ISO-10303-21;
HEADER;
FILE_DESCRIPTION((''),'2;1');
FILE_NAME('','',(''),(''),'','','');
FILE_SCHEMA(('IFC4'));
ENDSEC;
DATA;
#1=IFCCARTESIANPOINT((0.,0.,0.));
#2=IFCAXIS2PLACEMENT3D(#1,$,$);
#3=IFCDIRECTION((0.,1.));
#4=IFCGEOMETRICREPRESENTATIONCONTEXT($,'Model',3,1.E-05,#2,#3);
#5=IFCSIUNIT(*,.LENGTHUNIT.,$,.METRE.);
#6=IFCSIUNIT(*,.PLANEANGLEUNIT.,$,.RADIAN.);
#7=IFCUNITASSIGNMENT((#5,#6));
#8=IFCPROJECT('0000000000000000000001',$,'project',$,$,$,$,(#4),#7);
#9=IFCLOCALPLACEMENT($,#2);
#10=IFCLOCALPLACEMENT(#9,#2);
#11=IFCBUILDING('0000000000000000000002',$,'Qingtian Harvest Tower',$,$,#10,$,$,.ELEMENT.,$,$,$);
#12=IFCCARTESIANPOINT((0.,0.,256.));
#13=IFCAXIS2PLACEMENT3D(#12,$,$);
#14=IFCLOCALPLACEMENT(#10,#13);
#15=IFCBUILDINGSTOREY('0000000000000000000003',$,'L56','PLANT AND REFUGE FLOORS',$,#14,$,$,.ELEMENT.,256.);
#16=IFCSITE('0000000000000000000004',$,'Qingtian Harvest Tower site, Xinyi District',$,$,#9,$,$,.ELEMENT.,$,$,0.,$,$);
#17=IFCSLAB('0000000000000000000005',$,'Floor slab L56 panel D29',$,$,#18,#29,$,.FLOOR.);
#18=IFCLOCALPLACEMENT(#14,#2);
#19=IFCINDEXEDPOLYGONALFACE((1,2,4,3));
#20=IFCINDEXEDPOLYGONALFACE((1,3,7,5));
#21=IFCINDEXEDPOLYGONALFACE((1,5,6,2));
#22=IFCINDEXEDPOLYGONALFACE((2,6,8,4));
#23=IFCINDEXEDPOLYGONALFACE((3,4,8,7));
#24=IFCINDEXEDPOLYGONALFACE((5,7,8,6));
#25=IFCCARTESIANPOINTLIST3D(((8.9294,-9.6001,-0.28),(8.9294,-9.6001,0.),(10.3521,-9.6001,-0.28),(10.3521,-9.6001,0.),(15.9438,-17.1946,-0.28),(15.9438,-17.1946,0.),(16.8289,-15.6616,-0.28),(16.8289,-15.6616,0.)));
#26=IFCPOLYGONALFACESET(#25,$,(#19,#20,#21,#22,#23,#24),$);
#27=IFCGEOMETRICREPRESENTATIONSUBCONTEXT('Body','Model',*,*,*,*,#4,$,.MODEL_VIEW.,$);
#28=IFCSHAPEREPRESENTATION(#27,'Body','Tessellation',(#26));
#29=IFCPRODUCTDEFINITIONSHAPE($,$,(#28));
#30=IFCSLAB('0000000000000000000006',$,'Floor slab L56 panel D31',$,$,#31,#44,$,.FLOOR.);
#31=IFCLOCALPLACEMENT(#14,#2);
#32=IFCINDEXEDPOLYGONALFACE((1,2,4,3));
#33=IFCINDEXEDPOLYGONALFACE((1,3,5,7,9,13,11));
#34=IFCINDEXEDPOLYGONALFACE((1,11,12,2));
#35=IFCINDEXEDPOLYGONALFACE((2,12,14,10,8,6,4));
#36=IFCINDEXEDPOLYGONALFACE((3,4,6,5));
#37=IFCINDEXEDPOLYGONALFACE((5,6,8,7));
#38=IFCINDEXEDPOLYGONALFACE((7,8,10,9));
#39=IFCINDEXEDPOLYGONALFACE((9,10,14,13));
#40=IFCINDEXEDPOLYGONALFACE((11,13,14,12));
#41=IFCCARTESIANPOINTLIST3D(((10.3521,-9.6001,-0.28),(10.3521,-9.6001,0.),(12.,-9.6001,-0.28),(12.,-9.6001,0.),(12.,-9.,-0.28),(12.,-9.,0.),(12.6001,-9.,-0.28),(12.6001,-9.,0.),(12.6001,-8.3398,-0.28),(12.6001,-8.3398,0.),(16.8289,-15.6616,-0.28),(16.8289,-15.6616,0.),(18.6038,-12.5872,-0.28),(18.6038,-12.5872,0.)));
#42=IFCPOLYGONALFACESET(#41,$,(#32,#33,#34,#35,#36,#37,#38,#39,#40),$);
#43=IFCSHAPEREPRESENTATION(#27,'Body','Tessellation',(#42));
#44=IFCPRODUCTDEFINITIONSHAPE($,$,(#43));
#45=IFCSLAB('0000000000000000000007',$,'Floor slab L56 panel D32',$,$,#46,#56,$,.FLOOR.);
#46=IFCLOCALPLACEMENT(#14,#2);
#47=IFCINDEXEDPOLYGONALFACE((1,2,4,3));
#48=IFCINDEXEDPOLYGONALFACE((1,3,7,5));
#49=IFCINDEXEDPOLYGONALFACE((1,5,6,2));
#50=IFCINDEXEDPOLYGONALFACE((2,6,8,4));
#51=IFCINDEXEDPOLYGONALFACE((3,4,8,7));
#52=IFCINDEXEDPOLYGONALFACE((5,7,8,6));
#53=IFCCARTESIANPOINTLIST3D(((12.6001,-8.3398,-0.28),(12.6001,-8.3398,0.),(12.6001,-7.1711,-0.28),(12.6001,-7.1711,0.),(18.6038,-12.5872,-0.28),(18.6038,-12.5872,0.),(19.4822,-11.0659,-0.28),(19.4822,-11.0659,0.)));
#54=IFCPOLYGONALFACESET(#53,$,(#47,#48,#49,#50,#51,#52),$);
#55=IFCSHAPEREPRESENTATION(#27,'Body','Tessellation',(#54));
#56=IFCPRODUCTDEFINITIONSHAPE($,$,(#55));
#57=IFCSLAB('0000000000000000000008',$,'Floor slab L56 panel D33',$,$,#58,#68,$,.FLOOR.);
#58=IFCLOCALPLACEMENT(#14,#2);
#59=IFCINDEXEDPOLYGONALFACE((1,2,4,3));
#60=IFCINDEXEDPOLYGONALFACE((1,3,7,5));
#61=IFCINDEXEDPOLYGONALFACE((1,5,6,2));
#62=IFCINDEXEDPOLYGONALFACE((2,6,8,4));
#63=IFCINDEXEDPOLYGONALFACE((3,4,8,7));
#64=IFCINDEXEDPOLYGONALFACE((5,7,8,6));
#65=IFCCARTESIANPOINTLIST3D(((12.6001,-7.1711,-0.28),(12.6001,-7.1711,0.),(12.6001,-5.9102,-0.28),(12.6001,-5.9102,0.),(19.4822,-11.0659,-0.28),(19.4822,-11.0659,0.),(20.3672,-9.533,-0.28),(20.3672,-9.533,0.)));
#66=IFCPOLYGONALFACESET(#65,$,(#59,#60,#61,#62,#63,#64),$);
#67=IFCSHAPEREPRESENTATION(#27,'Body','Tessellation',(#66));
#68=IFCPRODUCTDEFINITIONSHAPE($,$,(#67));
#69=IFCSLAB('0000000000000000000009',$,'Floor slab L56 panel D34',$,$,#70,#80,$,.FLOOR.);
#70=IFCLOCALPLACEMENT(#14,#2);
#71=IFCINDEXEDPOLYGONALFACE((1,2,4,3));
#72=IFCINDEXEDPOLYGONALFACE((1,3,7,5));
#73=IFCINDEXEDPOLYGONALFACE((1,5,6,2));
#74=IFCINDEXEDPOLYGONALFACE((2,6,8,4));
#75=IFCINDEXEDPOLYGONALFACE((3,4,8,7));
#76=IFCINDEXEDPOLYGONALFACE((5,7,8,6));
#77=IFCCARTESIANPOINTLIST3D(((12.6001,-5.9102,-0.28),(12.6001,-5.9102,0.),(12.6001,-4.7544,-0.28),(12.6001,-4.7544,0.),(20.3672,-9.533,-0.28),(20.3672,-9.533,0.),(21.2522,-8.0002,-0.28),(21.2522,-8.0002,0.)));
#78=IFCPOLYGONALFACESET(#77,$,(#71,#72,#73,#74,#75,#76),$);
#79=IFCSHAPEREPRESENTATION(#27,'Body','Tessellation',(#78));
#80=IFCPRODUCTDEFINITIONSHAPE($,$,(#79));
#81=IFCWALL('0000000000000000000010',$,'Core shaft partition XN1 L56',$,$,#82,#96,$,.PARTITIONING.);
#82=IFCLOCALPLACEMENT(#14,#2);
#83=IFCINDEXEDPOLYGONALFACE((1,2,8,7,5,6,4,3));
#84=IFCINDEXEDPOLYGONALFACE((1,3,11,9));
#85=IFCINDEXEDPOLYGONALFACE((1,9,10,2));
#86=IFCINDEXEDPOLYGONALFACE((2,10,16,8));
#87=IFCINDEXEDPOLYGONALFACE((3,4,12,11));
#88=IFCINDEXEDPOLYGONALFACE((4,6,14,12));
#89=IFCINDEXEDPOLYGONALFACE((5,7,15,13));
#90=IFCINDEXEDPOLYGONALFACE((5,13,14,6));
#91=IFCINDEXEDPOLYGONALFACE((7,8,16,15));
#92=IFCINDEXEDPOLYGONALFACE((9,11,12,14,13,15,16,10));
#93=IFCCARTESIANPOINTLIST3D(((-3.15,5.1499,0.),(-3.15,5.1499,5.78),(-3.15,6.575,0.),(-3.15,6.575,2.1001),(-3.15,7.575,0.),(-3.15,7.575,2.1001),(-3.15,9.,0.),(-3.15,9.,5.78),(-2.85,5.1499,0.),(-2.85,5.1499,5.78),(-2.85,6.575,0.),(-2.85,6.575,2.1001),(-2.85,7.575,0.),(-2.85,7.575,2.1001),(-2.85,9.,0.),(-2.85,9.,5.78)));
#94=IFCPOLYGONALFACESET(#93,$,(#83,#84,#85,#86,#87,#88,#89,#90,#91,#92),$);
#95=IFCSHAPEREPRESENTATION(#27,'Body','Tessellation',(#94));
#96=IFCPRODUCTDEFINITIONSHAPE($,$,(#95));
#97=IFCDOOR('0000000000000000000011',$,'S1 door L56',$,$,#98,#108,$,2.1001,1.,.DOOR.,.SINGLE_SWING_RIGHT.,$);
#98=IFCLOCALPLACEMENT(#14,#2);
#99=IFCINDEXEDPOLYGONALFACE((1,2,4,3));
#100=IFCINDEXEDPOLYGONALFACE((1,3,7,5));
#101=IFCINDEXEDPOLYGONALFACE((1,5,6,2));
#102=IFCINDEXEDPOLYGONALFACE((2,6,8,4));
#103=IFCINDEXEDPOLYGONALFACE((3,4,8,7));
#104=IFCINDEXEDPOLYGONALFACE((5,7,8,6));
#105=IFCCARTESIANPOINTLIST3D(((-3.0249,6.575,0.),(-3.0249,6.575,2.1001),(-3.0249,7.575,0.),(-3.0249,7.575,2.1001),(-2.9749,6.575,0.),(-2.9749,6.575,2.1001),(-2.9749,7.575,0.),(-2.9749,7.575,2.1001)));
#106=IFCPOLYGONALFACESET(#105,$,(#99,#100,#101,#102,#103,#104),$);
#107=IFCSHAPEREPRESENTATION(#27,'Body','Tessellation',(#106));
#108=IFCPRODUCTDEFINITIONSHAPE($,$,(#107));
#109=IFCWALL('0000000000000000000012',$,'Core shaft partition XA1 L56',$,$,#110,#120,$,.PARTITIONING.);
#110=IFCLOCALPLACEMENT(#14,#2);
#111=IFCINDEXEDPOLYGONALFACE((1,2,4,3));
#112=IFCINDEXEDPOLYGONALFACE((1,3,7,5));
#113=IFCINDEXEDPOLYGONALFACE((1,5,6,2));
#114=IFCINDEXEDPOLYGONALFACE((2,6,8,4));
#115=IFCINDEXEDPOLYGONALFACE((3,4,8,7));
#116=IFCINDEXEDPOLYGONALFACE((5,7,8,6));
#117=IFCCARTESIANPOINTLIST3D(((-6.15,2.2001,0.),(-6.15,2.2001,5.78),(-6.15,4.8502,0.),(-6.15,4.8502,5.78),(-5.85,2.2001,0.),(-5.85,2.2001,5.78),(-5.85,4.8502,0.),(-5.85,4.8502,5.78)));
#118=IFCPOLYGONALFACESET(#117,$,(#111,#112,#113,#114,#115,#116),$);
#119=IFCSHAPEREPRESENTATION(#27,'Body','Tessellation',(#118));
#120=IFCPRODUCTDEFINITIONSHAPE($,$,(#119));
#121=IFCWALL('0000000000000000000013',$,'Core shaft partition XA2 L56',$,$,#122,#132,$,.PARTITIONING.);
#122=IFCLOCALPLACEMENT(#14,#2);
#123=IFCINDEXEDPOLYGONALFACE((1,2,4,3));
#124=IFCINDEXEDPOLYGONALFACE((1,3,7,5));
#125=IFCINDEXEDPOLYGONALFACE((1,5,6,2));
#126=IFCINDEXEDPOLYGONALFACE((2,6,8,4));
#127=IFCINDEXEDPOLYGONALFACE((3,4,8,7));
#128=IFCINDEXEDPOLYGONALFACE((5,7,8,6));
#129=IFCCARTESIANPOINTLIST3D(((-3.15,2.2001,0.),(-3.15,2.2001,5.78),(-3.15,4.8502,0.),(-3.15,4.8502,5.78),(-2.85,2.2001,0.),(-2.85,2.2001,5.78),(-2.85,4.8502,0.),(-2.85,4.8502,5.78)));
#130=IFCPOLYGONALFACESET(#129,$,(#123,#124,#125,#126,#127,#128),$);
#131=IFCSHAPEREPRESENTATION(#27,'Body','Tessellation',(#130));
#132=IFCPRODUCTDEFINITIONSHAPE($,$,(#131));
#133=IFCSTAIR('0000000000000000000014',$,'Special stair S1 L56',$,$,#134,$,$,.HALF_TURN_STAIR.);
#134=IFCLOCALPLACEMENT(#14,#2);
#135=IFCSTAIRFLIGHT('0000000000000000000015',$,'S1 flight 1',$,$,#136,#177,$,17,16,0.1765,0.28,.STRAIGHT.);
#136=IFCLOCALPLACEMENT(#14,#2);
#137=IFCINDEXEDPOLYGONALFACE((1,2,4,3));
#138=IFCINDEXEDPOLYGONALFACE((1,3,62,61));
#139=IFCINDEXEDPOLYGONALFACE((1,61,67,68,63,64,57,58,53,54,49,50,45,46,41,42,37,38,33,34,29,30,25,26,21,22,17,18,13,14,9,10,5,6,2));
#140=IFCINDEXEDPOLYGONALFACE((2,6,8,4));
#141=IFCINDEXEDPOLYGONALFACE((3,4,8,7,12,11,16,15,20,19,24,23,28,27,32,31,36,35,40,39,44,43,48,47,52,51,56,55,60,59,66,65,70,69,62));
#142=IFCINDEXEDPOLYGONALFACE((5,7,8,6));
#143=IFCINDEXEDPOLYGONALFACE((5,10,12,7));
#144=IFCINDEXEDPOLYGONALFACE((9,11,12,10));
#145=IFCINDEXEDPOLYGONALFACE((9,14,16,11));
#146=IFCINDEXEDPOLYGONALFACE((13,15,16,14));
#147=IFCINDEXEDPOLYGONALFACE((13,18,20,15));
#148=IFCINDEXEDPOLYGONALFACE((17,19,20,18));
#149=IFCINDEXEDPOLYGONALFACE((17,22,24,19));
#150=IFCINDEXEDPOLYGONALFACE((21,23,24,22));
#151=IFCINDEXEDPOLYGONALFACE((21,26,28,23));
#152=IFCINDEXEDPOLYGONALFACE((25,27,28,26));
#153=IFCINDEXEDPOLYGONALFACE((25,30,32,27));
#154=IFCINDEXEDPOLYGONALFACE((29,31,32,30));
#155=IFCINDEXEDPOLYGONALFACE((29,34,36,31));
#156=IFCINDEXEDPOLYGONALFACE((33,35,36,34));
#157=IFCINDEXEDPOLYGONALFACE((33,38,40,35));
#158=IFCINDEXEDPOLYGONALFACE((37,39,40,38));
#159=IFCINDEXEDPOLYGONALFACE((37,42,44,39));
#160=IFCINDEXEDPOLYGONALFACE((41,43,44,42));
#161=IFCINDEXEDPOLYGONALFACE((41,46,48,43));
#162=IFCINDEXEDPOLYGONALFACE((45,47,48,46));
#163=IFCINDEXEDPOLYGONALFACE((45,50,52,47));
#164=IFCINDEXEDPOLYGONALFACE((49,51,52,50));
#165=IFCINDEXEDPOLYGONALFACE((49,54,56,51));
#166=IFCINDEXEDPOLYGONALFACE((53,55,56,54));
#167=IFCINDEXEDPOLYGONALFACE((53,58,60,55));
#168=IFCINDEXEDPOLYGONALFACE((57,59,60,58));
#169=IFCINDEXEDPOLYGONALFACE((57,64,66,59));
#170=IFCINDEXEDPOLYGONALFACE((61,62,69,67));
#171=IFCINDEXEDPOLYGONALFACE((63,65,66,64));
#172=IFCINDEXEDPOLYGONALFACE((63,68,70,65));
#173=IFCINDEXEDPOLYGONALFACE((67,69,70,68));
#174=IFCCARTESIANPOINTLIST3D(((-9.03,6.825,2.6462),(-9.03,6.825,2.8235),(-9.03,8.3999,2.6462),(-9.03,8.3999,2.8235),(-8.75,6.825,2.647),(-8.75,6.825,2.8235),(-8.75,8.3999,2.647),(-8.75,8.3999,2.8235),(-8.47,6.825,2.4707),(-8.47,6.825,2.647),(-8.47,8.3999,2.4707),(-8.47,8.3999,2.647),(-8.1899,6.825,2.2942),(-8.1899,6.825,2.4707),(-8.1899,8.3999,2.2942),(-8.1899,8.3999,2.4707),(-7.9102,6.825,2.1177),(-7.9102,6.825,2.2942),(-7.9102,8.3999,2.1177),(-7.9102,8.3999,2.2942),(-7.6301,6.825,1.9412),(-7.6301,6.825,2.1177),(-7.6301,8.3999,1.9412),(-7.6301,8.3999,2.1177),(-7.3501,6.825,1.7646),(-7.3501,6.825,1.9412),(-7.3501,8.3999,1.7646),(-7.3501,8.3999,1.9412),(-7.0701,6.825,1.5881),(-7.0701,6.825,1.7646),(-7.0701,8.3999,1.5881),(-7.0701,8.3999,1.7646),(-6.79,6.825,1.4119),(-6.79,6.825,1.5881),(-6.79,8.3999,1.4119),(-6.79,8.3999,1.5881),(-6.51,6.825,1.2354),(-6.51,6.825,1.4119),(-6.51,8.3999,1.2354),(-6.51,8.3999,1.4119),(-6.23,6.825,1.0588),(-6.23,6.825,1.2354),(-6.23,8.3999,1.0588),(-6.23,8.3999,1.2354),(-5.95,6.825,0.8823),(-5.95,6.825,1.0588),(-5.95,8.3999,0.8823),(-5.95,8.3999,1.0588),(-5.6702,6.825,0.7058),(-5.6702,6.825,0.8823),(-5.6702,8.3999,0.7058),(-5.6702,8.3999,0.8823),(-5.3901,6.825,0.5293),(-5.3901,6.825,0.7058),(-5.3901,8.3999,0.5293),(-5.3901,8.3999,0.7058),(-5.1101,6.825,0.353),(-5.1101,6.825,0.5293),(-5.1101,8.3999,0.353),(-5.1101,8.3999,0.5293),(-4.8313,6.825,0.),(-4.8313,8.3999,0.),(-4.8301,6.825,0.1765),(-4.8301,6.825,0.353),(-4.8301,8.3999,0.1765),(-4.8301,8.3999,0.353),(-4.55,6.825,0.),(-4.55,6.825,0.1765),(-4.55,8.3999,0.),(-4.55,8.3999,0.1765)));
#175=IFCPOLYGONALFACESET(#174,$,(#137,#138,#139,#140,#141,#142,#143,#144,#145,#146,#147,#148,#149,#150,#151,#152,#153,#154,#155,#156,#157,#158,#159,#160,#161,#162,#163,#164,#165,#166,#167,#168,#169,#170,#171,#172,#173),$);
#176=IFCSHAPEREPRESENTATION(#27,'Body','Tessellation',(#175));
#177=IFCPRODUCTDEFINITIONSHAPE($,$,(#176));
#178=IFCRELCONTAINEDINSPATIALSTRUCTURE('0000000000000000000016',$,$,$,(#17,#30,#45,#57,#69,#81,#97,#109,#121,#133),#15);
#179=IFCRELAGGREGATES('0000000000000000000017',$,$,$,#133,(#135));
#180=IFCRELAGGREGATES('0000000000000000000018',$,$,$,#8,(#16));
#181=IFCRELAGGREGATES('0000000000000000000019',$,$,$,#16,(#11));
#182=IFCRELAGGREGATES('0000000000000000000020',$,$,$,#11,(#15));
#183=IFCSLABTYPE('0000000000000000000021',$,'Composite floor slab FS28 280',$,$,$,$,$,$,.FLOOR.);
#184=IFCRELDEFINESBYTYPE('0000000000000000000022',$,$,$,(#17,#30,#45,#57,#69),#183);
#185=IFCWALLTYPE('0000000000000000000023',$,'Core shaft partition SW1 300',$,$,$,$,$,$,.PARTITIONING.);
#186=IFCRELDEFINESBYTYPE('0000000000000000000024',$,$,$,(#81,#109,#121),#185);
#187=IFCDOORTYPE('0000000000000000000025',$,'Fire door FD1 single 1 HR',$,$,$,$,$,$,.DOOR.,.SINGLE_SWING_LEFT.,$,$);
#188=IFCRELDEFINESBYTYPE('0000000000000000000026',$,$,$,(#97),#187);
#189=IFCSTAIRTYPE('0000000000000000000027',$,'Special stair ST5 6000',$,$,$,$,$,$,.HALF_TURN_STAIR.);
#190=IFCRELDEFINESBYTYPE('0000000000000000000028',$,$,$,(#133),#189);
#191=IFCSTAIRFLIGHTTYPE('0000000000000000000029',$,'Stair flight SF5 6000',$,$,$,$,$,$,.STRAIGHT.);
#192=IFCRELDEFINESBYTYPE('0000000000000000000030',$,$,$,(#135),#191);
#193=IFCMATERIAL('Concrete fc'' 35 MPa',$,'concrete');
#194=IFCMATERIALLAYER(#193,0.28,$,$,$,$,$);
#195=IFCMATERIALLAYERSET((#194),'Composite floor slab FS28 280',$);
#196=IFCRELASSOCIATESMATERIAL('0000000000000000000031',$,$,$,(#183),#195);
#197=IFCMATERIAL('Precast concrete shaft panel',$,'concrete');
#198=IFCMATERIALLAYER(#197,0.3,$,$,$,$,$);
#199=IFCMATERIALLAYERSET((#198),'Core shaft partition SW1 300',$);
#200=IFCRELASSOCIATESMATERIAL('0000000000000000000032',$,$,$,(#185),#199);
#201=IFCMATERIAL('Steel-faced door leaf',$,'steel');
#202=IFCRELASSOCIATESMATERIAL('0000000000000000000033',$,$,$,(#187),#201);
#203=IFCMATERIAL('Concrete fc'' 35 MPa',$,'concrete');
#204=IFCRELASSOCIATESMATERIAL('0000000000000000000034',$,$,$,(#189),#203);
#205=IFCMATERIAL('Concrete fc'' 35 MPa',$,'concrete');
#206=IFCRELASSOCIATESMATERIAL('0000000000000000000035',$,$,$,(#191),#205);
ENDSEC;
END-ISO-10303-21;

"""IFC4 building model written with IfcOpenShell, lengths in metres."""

from ifc_helpers import new_model, si_unit, direction, frame, frame_2d, origin, place, context, subcontext, project, spatial, polyline, rectangle, outline, extrude, material, layer, layer_set, type_object, element, fill, aggregate, save


model = new_model("IFC4")

# Units and contexts
model_context = context("Model", 3, precision=1e-05, world=origin(), true_north=direction((0.0, 1.0)))
body_context = subcontext(model_context, "Body", "Model", "MODEL_VIEW")
ifc_project = project(units=[si_unit("LENGTHUNIT", "METRE"), si_unit("PLANEANGLEUNIT", "RADIAN")], contexts=[model_context])

# Site, building, storey
site_placement = place(None, origin())
site = spatial("IfcSite", under=ifc_project, at=site_placement, Name="Qingtian Harvest Tower site, Xinyi District", CompositionType="ELEMENT", RefElevation=0.0)
building_placement = place(site_placement, origin())
building = spatial("IfcBuilding", under=site, at=building_placement, Name="Qingtian Harvest Tower", CompositionType="ELEMENT")
storey_placement = place(building_placement, frame((0.0, 0.0, 256.0)))
storey = spatial("IfcBuildingStorey", under=building, at=storey_placement, Name="L56", Description="PLANT AND REFUGE FLOORS", CompositionType="ELEMENT", Elevation=256.0)

# Slabs
ifc_material_1 = material(Name="Concrete fc' 35 MPa", Category="concrete")
ifc_layer_1 = layer(ifc_material_1, 0.28)
ifc_layer_set_1 = layer_set([ifc_layer_1], Name="Composite floor slab FS28 280")
slab_type = type_object("IfcSlabType", Name="Composite floor slab FS28 280", PredefinedType="FLOOR", material=ifc_layer_set_1)
slab_1_placement = place(storey_placement, frame((0.0, 0.0, -0.28)))
element("IfcSlab", 1, at=slab_1_placement, inside=storey, type_object=slab_type, Name="Floor slab L56 panel D29", PredefinedType="FLOOR", context=body_context, shape_type="SweptSolid", body=[
    extrude(outline(polyline([(10.3521, -9.6001), (16.8289, -15.6616), (15.9438, -17.1946), (8.9294, -9.6001), (10.3521, -9.6001)])), origin(), (0.0, 0.0, 1.0), 0.28),
])
slab_2_placement = place(storey_placement, frame((0.0, 0.0, -0.28)))
element("IfcSlab", 2, at=slab_2_placement, inside=storey, type_object=slab_type, Name="Floor slab L56 panel D31", PredefinedType="FLOOR", context=body_context, shape_type="SweptSolid", body=[
    extrude(outline(polyline([(12.6001, -8.3398), (18.6038, -12.5872), (16.8289, -15.6616), (10.3521, -9.6001), (12.0, -9.6001), (12.0, -9.0), (12.6001, -9.0), (12.6001, -8.3398)])), origin(), (0.0, 0.0, 1.0), 0.28),
])
slab_3_placement = place(storey_placement, frame((0.0, 0.0, -0.28)))
element("IfcSlab", 3, at=slab_3_placement, inside=storey, type_object=slab_type, Name="Floor slab L56 panel D32", PredefinedType="FLOOR", context=body_context, shape_type="SweptSolid", body=[
    extrude(outline(polyline([(12.6001, -7.1711), (19.4822, -11.0659), (18.6038, -12.5872), (12.6001, -8.3398), (12.6001, -7.1711)])), origin(), (0.0, 0.0, 1.0), 0.28),
])
slab_4_placement = place(storey_placement, frame((0.0, 0.0, -0.28)))
element("IfcSlab", 4, at=slab_4_placement, inside=storey, type_object=slab_type, Name="Floor slab L56 panel D33", PredefinedType="FLOOR", context=body_context, shape_type="SweptSolid", body=[
    extrude(outline(polyline([(12.6001, -5.9102), (20.3672, -9.533), (19.4822, -11.0659), (12.6001, -7.1711), (12.6001, -5.9102)])), origin(), (0.0, 0.0, 1.0), 0.28),
])
slab_5_placement = place(storey_placement, frame((0.0, 0.0, -0.28)))
element("IfcSlab", 5, at=slab_5_placement, inside=storey, type_object=slab_type, Name="Floor slab L56 panel D34", PredefinedType="FLOOR", context=body_context, shape_type="SweptSolid", body=[
    extrude(outline(polyline([(12.6001, -4.7544), (21.2522, -8.0002), (20.3672, -9.533), (12.6001, -5.9102), (12.6001, -4.7544)])), origin(), (0.0, 0.0, 1.0), 0.28),
])

# Wall, opening, door
ifc_material_2 = material(Name="Precast concrete shaft panel", Category="concrete")
ifc_layer_2 = layer(ifc_material_2, 0.3)
ifc_layer_set_2 = layer_set([ifc_layer_2], Name="Core shaft partition SW1 300")
wall_type_1 = type_object("IfcWallType", Name="Core shaft partition SW1 300", PredefinedType="PARTITIONING", material=ifc_layer_set_2)
wall_1_placement = place(storey_placement, frame((-3.0, 5.1499, 0.0), z_axis=(0.0, 0.0, 1.0), x_axis=(0.0, 1.0, 0.0)))
wall_1 = element("IfcWall", 6, at=wall_1_placement, inside=storey, type_object=wall_type_1, Name="Core shaft partition XN1 L56", PredefinedType="PARTITIONING", context=body_context, shape_type="SweptSolid", body=[
    extrude(rectangle(XDim=3.8501, YDim=0.3, at=frame_2d((1.925, 0.0))), origin(), (0.0, 0.0, 1.0), 5.78),
])
opening_1_placement = place(wall_1_placement, frame((1.425, 0.0, 0.0)))
opening_1 = element("IfcOpeningElement", 7, at=opening_1_placement, cuts=wall_1, PredefinedType="OPENING", context=body_context, shape_type="SweptSolid", body=[
    extrude(rectangle(XDim=1.0, YDim=2.1001, at=frame_2d((0.5, 1.05))), frame((0.0, 0.1599, 0.0), z_axis=(0.0, -1.0, 0.0), x_axis=(1.0, 0.0, 0.0)), (0.0, 0.0, 1.0), 0.3201),
])
ifc_material_3 = material(Name="Steel-faced door leaf", Category="steel")
door_type_1 = type_object("IfcDoorType", Name="Fire door FD1 single 1 HR", OperationType="SINGLE_SWING_LEFT", PredefinedType="DOOR", material=ifc_material_3)
door_1_placement = place(opening_1_placement, origin())
door_1 = element("IfcDoor", 8, at=door_1_placement, inside=storey, type_object=door_type_1, Name="S1 door L56", OperationType="SINGLE_SWING_RIGHT", OverallHeight=2.1001, OverallWidth=1.0, PredefinedType="DOOR", context=body_context, shape_type="SweptSolid", body=[
    extrude(rectangle(XDim=1.0, YDim=2.1001, at=frame_2d((0.5, 1.05))), frame((0.0, 0.0249, 0.0), z_axis=(0.0, -1.0, 0.0), x_axis=(1.0, 0.0, 0.0)), (0.0, 0.0, 1.0), 0.05),
])
fill(opening_1, door_1)

# Walls
for number, where, z_axis, x_axis, name in (
    (9, (-6.0, 2.2, 0.0), (0.0, 0.0, 1.0), (0.0, 1.0, 0.0), "Core shaft partition XA1 L56"),
    (10, (-3.0, 2.2, 0.0), (0.0, 0.0, 1.0), (0.0, 1.0, 0.0), "Core shaft partition XA2 L56"),
):
    element("IfcWall", number, at=place(storey_placement, frame(where, z_axis=z_axis, x_axis=x_axis)), inside=storey, type_object=wall_type_1, Name=name, PredefinedType="PARTITIONING", context=body_context, shape_type="SweptSolid", body=[
        extrude(rectangle(XDim=2.6501, YDim=0.3, at=frame_2d((1.3252, 0.0))), origin(), (0.0, 0.0, 1.0), 5.78),
    ])

# Stair, stair flight
ifc_material_4 = material(Name="Concrete fc' 35 MPa", Category="concrete")
stair_type = type_object("IfcStairType", Name="Special stair ST5 6000", PredefinedType="HALF_TURN_STAIR", material=ifc_material_4)
stair_placement = place(storey_placement, origin())
stair = element("IfcStair", 11, at=stair_placement, inside=storey, type_object=stair_type, Name="Special stair S1 L56", PredefinedType="HALF_TURN_STAIR")
ifc_material_5 = material(Name="Concrete fc' 35 MPa", Category="concrete")
stair_flight_type = type_object("IfcStairFlightType", Name="Stair flight SF5 6000", PredefinedType="STRAIGHT", material=ifc_material_5)
stair_flight_1_placement = place(storey_placement, frame((-4.55, 7.6125, 0.0), z_axis=(0.0, 0.0, 1.0), x_axis=(-1.0, 0.0, 0.0)))
stair_flight_1 = element("IfcStairFlight", 12, at=stair_flight_1_placement, type_object=stair_flight_type, Name="S1 flight 1", NumberOfRisers=17, NumberOfTreads=16, PredefinedType="STRAIGHT", RiserHeight=0.1765, TreadLength=0.28, context=body_context, shape_type="SweptSolid", body=[
    extrude(outline(polyline([(0.0, 0.0), (0.0, 0.1765), (0.28, 0.1765), (0.28, 0.353), (0.5601, 0.353), (0.5601, 0.5293), (0.8401, 0.5293), (0.8401, 0.7058), (1.1201, 0.7058), (1.1201, 0.8823), (1.3999, 0.8823), (1.3999, 1.0588), (1.6799, 1.0588), (1.6799, 1.2354), (1.96, 1.2354), (1.96, 1.4119), (2.24, 1.4119), (2.24, 1.5881), (2.52, 1.5881), (2.52, 1.7646), (2.8, 1.7646), (2.8, 1.9412), (3.0801, 1.9412), (3.0801, 2.1177), (3.3601, 2.1177), (3.3601, 2.2942), (3.6399, 2.2942), (3.6399, 2.4707), (3.9199, 2.4707), (3.9199, 2.647), (4.2, 2.647), (4.2, 2.8235), (4.48, 2.8235), (4.48, 3.0), (4.48, 2.6462), (0.2812, 0.0), (0.0, 0.0)])), frame((0.0, 0.7876, 0.0), z_axis=(0.0, -1.0, 0.0), x_axis=(1.0, 0.0, 0.0)), (0.0, 0.0, 1.0), 1.575),
])
aggregate(stair, [stair_flight_1])

save(model, "model.ifc")
